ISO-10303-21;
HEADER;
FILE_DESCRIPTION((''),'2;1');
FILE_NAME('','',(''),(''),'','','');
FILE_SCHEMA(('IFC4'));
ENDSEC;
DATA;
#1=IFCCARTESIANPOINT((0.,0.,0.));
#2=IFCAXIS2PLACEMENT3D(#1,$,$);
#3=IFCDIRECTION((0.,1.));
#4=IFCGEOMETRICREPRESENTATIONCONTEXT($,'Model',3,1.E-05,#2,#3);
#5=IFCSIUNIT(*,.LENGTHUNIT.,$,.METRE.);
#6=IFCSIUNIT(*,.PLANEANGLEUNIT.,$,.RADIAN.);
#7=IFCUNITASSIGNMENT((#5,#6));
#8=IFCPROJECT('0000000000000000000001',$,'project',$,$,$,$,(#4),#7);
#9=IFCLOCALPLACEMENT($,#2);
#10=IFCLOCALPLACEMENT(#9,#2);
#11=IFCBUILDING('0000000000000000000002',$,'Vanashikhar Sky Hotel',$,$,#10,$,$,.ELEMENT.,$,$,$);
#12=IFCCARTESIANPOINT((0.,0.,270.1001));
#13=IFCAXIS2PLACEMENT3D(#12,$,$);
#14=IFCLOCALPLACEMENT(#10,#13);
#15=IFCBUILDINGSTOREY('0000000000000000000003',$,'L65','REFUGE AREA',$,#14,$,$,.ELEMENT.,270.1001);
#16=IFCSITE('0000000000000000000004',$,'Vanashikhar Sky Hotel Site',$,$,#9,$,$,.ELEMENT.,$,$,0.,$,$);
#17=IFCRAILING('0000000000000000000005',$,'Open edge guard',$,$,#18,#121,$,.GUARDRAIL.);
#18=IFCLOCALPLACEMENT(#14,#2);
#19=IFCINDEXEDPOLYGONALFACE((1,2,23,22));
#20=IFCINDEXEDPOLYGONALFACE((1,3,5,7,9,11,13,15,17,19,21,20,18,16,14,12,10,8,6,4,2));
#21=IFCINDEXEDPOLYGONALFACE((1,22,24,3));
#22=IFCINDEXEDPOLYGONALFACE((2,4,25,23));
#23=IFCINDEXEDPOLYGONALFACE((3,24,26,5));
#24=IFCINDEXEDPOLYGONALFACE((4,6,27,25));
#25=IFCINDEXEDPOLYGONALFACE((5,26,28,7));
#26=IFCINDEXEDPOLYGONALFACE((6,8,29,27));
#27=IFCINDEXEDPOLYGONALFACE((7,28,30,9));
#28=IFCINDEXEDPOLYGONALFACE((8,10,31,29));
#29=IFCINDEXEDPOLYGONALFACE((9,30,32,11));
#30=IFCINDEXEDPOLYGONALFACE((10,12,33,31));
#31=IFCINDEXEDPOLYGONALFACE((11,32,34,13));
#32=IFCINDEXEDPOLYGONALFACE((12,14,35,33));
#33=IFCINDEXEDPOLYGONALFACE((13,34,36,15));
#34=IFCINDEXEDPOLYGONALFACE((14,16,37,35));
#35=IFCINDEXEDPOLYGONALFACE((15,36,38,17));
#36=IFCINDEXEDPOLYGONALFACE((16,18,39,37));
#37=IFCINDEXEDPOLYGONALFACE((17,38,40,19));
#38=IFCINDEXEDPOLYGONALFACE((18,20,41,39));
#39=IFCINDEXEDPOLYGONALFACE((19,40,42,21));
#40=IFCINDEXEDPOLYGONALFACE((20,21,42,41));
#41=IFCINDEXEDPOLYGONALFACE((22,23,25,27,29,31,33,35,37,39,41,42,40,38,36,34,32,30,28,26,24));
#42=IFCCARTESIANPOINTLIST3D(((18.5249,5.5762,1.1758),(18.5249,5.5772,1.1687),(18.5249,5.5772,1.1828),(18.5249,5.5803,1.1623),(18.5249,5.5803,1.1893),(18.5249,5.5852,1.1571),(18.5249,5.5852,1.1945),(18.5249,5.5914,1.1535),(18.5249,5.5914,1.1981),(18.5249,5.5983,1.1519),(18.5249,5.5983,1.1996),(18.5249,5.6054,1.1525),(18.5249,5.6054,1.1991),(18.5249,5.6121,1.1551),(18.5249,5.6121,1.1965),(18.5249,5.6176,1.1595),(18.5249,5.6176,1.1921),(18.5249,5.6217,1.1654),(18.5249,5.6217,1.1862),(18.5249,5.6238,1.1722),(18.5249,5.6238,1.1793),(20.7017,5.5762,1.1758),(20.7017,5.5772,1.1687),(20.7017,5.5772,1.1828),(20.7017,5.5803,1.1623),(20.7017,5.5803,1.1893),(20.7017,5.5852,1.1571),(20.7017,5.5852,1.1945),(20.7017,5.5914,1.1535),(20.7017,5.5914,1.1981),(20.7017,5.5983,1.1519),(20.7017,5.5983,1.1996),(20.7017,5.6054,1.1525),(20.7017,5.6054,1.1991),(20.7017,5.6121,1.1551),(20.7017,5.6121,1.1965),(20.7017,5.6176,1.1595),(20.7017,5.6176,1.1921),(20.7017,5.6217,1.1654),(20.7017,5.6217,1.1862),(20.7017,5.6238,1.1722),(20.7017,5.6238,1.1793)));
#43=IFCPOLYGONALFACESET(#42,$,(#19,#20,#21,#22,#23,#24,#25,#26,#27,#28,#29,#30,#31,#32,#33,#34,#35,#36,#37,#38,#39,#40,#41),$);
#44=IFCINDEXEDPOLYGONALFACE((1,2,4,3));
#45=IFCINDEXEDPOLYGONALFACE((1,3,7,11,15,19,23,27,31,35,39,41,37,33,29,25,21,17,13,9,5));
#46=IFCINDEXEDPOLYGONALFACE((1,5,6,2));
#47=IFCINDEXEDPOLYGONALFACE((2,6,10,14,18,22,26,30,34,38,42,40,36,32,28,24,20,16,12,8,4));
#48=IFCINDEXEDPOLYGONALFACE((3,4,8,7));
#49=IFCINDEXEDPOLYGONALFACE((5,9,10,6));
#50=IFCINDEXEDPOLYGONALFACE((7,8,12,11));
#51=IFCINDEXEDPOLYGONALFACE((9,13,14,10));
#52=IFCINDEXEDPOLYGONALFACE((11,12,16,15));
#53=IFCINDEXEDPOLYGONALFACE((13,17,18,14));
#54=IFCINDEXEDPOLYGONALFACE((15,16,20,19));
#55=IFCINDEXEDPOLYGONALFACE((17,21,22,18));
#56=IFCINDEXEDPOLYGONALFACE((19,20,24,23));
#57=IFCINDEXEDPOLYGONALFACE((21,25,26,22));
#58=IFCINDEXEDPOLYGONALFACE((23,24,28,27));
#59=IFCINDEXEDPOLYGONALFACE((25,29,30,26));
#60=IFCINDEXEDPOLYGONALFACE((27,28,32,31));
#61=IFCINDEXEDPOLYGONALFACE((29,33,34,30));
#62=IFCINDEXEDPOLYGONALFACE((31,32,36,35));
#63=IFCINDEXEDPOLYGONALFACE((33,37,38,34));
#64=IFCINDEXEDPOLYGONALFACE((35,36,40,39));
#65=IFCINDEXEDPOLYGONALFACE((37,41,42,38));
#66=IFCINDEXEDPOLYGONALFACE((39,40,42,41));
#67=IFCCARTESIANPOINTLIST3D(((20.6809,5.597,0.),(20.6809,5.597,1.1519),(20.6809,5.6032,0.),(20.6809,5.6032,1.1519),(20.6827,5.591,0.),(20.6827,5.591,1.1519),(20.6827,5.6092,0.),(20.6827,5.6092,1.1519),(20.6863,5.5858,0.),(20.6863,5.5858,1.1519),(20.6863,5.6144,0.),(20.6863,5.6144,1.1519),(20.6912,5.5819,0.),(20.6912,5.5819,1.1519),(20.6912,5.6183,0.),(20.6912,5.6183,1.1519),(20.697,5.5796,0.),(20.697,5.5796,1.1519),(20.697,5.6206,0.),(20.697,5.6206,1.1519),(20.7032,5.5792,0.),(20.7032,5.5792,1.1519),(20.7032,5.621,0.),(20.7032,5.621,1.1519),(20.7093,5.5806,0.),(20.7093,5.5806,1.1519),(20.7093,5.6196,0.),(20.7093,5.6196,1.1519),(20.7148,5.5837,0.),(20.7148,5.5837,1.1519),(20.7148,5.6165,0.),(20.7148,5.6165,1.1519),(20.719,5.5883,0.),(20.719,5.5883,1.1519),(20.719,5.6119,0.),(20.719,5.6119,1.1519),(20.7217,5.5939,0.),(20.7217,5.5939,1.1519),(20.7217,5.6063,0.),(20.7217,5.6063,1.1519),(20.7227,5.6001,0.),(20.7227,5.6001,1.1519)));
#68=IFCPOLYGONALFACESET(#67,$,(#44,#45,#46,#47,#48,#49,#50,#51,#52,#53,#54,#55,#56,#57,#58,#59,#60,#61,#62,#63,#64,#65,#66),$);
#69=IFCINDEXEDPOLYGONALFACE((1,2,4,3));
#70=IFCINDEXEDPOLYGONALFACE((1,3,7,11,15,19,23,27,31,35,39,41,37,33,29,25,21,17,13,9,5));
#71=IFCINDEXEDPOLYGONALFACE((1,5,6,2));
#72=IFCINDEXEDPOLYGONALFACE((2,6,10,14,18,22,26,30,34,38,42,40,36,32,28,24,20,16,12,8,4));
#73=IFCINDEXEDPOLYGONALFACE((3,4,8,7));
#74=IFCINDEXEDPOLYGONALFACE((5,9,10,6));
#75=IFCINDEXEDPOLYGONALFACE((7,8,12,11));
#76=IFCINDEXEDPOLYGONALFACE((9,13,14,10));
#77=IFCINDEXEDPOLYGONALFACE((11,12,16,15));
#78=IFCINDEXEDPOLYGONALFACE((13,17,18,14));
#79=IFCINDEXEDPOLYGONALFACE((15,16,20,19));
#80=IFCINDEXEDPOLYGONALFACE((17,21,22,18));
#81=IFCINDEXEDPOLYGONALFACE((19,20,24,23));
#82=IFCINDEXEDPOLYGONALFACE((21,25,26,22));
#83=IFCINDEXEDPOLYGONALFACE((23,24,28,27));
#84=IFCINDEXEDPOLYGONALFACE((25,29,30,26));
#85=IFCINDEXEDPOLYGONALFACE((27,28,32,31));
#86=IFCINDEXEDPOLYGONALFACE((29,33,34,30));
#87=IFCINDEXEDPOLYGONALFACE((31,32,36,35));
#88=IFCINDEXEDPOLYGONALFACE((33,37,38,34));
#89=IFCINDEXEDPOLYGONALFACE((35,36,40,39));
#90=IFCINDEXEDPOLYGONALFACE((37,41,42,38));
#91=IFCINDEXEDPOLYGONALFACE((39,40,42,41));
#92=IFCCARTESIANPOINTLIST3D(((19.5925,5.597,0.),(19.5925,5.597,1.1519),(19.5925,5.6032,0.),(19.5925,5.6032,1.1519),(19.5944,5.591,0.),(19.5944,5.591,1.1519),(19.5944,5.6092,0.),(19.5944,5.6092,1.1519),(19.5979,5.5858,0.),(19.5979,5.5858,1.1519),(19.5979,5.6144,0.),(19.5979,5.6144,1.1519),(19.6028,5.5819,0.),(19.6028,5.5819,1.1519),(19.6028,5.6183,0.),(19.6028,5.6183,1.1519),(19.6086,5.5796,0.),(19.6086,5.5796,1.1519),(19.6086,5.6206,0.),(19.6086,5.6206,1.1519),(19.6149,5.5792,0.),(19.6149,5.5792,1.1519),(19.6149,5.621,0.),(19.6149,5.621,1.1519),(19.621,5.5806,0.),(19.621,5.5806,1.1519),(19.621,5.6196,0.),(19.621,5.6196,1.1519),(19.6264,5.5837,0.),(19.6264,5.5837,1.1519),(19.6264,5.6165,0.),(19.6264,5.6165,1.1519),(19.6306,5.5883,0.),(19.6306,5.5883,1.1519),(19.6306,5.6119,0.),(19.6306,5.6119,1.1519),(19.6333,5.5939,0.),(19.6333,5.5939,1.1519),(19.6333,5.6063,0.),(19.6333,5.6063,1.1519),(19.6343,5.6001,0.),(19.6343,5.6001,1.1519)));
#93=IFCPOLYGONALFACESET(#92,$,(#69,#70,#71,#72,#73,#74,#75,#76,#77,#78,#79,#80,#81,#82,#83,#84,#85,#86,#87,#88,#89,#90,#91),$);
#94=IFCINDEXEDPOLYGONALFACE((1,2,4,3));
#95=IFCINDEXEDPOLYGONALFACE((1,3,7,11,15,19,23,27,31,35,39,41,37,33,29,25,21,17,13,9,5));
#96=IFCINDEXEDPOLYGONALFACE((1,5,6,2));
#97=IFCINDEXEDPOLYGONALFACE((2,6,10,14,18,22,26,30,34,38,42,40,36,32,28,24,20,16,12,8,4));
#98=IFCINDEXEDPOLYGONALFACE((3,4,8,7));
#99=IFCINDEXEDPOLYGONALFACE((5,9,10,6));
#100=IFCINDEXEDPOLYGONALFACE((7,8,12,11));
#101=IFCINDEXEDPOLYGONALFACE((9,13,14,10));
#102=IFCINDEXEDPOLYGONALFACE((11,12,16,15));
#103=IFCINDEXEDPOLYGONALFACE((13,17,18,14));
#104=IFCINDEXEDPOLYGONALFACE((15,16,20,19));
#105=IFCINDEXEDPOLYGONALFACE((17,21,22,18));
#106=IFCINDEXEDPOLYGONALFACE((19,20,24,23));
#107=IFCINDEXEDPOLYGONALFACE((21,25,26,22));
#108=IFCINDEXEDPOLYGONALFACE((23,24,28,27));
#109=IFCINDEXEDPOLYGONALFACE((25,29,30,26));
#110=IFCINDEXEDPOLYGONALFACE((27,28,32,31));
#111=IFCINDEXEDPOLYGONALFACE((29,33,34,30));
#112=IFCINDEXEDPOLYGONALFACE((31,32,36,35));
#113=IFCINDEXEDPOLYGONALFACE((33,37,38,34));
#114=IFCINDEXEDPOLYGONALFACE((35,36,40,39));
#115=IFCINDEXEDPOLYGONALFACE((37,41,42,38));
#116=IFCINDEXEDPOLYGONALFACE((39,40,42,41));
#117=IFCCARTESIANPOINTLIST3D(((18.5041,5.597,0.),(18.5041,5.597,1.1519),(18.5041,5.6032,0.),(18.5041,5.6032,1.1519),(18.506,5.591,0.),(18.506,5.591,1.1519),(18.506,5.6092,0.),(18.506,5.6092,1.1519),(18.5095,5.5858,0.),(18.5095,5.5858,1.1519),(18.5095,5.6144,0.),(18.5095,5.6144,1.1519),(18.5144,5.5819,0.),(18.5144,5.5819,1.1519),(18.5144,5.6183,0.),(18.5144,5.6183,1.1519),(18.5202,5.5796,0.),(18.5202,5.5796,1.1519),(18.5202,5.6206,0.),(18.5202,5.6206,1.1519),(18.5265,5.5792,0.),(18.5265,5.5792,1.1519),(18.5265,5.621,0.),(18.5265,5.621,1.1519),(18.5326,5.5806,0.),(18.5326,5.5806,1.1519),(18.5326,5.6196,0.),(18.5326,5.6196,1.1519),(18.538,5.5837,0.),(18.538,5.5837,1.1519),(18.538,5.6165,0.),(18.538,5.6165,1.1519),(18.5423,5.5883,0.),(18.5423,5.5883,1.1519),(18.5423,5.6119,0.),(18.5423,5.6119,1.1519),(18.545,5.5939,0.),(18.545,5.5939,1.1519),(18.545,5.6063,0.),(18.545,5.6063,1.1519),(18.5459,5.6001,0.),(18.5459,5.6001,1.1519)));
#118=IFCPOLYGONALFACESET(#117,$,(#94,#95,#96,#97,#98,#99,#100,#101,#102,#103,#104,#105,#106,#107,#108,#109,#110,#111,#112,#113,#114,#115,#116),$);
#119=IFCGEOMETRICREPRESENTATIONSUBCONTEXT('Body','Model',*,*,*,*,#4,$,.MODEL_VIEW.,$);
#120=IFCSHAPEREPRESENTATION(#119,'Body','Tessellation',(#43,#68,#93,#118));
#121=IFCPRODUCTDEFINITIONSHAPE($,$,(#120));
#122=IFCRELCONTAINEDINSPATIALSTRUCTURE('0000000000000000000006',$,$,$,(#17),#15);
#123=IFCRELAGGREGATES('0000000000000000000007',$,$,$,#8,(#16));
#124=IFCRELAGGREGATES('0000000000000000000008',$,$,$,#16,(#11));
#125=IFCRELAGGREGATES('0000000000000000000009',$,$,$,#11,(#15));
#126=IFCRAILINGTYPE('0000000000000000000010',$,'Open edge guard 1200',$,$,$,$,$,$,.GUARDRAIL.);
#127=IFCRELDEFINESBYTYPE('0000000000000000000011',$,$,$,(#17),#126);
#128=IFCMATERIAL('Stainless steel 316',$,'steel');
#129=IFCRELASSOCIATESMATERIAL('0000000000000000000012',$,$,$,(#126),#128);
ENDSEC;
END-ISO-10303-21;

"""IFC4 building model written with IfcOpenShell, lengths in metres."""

from ifc_helpers import new_model, si_unit, direction, frame, origin, origin_2d, place, context, subcontext, project, spatial, circle, extrude, source, transform, mapped, material, type_object, element, save


model = new_model("IFC4")

# Units and contexts
model_context = context("Model", 3, precision=1e-05, world=origin(), true_north=direction((0.0, 1.0)))
body_context = subcontext(model_context, "Body", "Model", "MODEL_VIEW")
ifc_project = project(units=[si_unit("LENGTHUNIT", "METRE"), si_unit("PLANEANGLEUNIT", "RADIAN")], contexts=[model_context])

# Site, building, storey
site_placement = place(None, origin())
site = spatial("IfcSite", under=ifc_project, at=site_placement, Name="Vanashikhar Sky Hotel Site", CompositionType="ELEMENT", RefElevation=0.0)
building_placement = place(site_placement, origin())
building = spatial("IfcBuilding", under=site, at=building_placement, Name="Vanashikhar Sky Hotel", CompositionType="ELEMENT")
storey_placement = place(building_placement, frame((0.0, 0.0, 270.1001)))
storey = spatial("IfcBuildingStorey", under=building, at=storey_placement, Name="L65", Description="REFUGE AREA", CompositionType="ELEMENT", Elevation=270.1001)

# Railing
ifc_material_1 = material(Name="Stainless steel 316", Category="steel")
railing_type = type_object("IfcRailingType", Name="Open edge guard 1200", PredefinedType="GUARDRAIL", material=ifc_material_1)
shared_shape_1 = source(origin(), body_context, "Body", "SweptSolid", [
    extrude(circle(Radius=0.0239, at=origin_2d()), frame((0.0, 0.0, 1.1758), z_axis=(-1.0, 0.0, 0.0), x_axis=(0.0, -1.0, 0.0)), (0.0, 0.0, 1.0), 2.1768),
    extrude(circle(Radius=0.021, at=origin_2d()), origin(), (0.0, 0.0, 1.0), 1.1519),
    extrude(circle(Radius=0.021, at=origin_2d()), frame((-1.0884, 0.0, 0.0)), (0.0, 0.0, 1.0), 1.1519),
    extrude(circle(Radius=0.021, at=origin_2d()), frame((-2.1768, 0.0, 0.0)), (0.0, 0.0, 1.0), 1.1519),
])
for number, where, name in (
    (1, (20.7017, 5.6001, 0.0), "Open edge guard"),
):
    element("IfcRailing", number, at=place(storey_placement, frame(where)), inside=storey, type_object=railing_type, Name=name, PredefinedType="GUARDRAIL", context=body_context, shape_type="MappedRepresentation", body=[
        mapped(shared_shape_1, transform((0.0, 0.0, 0.0), scale=1.0)),
    ])

save(model, "model.ifc")
